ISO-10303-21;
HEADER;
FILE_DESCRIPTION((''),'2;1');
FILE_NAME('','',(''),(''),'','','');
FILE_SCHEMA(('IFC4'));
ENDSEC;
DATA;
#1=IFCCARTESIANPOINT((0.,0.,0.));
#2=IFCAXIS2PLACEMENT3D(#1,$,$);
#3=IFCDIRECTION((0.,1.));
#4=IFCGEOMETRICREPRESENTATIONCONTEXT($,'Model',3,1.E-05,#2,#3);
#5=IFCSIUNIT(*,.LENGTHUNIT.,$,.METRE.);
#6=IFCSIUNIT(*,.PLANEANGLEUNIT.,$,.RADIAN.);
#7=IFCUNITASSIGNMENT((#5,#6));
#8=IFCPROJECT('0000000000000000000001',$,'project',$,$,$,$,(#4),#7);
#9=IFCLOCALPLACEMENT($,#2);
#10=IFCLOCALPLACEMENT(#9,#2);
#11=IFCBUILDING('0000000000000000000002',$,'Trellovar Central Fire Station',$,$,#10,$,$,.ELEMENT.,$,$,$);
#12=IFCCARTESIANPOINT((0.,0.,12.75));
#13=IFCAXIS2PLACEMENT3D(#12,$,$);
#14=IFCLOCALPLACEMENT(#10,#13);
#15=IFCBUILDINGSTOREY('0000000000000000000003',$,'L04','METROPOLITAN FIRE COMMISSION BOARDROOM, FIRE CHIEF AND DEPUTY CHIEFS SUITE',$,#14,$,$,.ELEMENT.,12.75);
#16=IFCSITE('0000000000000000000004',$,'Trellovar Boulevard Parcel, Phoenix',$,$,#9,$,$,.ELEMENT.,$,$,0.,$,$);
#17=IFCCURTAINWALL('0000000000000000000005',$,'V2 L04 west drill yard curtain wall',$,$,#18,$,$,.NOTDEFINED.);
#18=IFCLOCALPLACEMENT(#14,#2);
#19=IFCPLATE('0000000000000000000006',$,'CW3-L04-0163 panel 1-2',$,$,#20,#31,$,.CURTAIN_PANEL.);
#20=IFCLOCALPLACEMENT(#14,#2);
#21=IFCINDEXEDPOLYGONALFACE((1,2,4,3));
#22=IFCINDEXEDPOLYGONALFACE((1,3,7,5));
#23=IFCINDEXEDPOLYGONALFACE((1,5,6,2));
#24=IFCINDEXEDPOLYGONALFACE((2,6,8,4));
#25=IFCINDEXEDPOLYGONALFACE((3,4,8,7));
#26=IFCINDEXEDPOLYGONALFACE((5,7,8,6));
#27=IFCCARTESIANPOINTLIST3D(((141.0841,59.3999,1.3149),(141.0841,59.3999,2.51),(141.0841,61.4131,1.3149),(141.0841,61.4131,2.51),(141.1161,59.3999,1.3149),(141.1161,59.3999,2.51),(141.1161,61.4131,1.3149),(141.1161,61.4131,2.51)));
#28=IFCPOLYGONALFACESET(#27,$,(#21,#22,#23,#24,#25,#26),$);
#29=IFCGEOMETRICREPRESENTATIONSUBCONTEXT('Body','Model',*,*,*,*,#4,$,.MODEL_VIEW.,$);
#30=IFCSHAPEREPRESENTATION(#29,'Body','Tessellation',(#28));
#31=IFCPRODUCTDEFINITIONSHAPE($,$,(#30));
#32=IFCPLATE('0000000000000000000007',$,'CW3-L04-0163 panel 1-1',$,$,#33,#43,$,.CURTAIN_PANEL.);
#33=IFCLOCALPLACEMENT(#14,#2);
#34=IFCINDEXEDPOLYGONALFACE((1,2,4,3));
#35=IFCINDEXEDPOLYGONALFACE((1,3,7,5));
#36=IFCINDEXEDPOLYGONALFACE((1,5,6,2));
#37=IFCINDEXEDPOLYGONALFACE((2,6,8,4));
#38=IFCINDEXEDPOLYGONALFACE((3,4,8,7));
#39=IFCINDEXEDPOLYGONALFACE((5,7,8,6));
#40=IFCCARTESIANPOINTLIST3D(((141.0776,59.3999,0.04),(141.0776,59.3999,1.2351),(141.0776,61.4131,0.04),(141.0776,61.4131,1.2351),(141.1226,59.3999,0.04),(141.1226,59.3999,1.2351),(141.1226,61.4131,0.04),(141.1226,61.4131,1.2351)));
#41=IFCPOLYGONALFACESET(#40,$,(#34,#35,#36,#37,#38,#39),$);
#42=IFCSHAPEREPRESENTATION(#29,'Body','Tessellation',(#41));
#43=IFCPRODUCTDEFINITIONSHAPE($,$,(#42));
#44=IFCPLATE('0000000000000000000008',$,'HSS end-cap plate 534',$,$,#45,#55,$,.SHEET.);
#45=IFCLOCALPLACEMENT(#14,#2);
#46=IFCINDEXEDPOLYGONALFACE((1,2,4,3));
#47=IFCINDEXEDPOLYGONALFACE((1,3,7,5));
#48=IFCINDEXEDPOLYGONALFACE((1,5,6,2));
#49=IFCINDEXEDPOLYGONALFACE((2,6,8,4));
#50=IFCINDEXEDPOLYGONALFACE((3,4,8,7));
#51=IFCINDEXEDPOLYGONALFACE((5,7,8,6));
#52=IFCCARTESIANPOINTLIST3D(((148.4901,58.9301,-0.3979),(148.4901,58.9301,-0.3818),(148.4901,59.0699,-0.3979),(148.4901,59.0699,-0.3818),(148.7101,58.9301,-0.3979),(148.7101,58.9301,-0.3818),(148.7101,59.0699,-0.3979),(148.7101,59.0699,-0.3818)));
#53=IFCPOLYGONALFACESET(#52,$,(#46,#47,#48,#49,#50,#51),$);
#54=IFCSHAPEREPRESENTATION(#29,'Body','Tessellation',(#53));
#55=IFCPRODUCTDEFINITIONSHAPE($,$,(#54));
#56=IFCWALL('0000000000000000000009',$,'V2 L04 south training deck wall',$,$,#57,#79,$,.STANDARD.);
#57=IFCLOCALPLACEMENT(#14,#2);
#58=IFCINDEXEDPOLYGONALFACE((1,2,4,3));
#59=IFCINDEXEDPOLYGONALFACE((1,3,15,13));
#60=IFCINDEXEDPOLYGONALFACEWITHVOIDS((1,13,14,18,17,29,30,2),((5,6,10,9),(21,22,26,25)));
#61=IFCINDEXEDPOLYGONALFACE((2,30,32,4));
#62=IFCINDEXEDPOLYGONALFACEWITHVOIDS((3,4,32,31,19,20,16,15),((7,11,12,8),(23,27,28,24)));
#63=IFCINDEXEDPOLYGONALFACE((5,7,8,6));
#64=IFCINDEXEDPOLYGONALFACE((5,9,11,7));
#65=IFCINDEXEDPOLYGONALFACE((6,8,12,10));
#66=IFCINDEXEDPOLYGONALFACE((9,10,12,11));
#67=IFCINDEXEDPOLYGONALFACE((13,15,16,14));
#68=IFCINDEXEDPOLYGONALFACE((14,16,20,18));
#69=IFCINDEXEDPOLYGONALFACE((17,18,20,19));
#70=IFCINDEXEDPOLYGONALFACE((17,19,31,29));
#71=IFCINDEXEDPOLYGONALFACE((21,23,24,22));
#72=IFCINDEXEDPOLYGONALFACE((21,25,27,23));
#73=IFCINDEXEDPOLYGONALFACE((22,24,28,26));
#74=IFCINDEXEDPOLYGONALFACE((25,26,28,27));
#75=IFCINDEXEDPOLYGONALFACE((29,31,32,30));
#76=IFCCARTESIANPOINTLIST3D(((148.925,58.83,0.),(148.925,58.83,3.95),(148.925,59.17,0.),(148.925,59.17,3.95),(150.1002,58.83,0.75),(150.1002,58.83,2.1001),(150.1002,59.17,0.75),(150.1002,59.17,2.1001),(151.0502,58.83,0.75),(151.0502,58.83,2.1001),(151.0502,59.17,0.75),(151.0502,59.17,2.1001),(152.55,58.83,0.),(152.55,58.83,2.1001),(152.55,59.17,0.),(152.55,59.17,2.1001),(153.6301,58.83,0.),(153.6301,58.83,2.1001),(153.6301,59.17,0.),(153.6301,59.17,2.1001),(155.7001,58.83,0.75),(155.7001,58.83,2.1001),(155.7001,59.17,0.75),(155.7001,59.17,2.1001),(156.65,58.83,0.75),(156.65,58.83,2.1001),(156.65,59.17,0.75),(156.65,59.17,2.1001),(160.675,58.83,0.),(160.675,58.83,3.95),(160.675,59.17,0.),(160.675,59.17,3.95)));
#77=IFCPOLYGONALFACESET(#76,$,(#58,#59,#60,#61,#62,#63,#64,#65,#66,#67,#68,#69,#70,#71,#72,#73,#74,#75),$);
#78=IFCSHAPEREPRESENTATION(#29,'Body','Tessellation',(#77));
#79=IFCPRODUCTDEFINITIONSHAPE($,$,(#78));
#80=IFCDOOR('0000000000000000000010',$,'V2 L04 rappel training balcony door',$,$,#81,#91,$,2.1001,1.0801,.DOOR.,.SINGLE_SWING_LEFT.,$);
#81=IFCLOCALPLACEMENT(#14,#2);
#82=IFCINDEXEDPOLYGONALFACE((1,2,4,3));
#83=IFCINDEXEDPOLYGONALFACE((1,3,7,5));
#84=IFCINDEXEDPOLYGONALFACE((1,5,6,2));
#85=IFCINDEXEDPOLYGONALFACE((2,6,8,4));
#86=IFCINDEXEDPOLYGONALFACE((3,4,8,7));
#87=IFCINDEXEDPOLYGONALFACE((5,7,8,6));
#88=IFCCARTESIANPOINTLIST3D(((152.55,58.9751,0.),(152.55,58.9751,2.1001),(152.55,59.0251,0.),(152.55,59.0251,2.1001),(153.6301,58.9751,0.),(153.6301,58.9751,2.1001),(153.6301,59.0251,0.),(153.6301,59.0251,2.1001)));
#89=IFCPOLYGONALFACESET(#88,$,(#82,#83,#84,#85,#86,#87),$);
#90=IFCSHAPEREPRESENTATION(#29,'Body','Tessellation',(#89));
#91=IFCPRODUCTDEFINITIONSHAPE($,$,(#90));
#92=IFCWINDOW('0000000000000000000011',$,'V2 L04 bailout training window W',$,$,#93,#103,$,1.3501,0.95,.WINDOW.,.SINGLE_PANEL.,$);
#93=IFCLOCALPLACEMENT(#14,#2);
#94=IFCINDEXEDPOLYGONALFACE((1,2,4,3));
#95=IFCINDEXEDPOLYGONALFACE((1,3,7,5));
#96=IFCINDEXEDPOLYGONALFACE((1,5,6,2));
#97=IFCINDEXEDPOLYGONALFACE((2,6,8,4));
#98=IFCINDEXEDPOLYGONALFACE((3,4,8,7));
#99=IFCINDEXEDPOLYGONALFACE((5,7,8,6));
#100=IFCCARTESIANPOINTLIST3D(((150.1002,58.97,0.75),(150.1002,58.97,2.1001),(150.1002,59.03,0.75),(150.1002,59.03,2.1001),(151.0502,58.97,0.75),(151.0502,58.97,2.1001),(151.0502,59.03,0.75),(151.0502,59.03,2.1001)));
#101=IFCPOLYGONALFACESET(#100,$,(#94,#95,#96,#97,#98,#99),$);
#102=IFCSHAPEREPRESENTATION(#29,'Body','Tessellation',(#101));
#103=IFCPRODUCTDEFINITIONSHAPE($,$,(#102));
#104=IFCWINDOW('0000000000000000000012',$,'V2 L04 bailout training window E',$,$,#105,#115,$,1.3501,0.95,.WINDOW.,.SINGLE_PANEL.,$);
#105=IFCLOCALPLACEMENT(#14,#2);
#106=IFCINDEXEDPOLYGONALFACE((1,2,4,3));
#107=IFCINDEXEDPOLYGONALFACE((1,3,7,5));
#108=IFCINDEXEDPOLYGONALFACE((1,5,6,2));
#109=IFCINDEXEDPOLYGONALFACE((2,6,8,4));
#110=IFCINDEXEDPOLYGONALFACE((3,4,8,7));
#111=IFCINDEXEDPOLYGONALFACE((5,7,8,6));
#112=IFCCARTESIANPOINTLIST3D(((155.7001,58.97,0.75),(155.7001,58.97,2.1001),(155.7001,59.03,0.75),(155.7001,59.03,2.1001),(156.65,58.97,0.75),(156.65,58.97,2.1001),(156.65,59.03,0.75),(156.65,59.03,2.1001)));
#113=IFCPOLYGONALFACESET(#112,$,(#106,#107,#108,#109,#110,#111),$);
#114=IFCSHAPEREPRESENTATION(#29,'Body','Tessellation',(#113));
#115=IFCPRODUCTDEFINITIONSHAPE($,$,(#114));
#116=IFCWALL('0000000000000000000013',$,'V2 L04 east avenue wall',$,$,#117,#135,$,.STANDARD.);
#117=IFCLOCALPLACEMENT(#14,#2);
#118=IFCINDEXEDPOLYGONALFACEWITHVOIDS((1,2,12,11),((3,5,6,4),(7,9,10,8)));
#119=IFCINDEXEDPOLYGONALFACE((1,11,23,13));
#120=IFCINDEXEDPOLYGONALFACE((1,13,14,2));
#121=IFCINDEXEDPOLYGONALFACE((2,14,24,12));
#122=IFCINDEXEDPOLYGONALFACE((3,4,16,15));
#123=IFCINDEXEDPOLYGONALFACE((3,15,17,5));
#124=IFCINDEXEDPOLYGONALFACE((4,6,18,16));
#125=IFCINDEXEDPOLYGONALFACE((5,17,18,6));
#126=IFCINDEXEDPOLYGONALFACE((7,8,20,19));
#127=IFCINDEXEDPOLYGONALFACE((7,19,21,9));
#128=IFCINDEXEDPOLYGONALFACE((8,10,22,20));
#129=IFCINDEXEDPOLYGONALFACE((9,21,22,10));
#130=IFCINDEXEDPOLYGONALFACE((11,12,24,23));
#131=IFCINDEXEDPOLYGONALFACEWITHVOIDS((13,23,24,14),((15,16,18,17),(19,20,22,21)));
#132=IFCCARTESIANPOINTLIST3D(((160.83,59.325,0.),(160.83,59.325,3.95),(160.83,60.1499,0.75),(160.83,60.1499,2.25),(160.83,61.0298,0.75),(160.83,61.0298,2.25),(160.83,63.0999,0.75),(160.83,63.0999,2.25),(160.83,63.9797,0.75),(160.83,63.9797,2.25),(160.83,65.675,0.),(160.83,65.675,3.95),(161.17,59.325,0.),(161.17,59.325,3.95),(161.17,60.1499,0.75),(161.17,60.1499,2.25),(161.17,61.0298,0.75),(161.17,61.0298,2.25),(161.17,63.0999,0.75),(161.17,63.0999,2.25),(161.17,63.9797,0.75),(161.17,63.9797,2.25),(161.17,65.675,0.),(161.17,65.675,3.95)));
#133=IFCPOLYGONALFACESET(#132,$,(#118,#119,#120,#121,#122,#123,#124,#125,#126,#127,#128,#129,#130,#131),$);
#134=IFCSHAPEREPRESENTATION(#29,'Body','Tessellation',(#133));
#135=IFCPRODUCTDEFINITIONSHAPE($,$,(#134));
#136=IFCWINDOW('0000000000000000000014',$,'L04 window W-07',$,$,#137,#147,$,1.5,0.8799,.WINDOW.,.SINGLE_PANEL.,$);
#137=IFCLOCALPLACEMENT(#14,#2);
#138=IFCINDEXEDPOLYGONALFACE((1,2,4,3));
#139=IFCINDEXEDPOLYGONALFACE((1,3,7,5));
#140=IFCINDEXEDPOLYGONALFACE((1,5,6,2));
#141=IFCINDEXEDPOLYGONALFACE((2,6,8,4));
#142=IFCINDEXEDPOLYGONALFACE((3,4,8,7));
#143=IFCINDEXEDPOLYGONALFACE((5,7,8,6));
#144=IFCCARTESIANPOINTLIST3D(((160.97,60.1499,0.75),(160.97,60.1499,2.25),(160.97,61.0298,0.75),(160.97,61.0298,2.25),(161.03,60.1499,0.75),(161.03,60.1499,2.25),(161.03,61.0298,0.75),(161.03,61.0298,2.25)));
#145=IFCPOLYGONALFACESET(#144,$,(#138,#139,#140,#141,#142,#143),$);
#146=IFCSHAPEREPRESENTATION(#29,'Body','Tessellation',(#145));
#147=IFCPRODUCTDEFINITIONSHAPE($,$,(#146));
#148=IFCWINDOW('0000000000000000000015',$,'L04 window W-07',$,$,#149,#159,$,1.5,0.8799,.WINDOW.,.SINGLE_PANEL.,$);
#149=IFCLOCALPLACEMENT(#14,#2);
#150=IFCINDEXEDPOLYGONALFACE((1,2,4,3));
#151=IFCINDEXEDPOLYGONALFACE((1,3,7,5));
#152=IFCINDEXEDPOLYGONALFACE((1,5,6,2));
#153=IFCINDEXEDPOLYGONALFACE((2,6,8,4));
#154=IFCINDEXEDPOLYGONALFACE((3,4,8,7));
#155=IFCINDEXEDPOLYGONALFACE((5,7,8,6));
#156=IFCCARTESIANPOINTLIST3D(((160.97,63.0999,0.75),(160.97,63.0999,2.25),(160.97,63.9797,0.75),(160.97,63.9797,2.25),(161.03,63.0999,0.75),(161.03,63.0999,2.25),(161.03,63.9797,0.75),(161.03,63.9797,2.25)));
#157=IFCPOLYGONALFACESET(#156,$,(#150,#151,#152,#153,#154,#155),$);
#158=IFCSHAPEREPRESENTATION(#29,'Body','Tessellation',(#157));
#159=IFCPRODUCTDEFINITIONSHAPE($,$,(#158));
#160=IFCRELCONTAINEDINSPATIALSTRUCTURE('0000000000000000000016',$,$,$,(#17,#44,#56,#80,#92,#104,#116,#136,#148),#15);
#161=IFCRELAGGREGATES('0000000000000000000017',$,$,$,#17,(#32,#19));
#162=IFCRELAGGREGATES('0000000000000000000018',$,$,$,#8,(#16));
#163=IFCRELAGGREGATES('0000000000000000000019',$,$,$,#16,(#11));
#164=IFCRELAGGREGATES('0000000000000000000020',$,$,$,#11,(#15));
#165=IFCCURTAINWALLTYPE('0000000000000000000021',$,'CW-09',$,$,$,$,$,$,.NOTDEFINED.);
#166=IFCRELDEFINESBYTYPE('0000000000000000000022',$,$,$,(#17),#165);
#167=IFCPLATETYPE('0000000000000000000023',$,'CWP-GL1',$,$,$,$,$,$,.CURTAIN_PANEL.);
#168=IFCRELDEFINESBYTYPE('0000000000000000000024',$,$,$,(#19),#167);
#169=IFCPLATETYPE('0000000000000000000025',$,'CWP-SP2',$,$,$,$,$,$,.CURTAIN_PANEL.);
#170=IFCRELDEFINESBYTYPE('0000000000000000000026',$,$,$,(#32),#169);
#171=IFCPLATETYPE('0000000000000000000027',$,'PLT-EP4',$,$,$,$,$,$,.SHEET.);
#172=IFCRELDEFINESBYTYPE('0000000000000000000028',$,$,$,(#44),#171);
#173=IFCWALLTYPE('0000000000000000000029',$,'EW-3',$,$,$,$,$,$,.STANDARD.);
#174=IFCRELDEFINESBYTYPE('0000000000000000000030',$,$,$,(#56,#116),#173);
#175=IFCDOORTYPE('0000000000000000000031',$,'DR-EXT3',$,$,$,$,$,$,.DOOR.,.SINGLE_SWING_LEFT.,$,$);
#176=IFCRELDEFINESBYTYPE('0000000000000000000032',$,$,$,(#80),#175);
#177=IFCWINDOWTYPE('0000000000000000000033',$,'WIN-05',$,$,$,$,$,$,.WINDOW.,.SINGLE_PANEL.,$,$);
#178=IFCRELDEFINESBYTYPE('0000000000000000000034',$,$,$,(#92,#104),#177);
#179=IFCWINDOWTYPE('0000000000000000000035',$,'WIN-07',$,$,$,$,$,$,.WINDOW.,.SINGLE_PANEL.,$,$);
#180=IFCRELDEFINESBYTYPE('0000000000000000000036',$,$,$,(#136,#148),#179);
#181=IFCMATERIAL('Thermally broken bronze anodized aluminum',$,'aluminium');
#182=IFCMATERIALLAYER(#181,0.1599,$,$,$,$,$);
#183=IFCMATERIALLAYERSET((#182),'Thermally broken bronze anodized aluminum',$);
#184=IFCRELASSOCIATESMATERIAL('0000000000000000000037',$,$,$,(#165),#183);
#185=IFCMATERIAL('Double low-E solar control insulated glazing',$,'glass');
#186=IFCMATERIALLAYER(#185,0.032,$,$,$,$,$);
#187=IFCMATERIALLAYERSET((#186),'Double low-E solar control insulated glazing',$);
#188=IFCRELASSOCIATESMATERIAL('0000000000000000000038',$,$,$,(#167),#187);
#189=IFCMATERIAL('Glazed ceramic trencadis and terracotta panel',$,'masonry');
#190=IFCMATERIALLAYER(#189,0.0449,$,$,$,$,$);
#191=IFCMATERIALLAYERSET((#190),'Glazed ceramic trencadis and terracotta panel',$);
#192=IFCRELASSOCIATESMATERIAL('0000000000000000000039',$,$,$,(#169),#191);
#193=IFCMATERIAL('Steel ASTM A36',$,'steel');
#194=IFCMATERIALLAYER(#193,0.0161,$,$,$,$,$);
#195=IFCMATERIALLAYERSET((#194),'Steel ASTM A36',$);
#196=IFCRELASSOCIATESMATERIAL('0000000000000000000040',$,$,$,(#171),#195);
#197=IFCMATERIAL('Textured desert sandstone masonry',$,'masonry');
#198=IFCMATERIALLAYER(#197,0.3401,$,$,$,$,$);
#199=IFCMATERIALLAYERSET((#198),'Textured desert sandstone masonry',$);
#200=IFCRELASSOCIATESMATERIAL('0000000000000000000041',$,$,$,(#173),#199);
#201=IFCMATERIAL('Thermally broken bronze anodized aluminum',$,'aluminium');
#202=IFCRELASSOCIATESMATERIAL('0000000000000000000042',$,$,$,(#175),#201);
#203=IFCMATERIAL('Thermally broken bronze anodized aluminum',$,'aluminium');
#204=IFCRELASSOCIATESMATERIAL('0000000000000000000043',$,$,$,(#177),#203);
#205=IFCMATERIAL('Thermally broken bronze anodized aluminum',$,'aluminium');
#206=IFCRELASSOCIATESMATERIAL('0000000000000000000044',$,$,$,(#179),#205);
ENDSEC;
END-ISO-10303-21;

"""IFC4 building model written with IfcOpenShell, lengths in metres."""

from ifc_helpers import new_model, si_unit, direction, frame, frame_2d, origin, origin_2d, place, context, subcontext, project, spatial, rectangle, extrude, material, layer, layer_set, type_object, element, fill, aggregate, save


model = new_model("IFC4")

# Units and contexts
model_context = context("Model", 3, precision=1e-05, world=origin(), true_north=direction((0.0, 1.0)))
body_context = subcontext(model_context, "Body", "Model", "MODEL_VIEW")
ifc_project = project(units=[si_unit("LENGTHUNIT", "METRE"), si_unit("PLANEANGLEUNIT", "RADIAN")], contexts=[model_context])

# Site, building, storey
site_placement = place(None, origin())
site = spatial("IfcSite", under=ifc_project, at=site_placement, Name="Trellovar Boulevard Parcel, Phoenix", CompositionType="ELEMENT", RefElevation=0.0)
building_placement = place(site_placement, origin())
building = spatial("IfcBuilding", under=site, at=building_placement, Name="Trellovar Central Fire Station", CompositionType="ELEMENT")
storey_placement = place(building_placement, frame((0.0, 0.0, 12.75)))
storey = spatial("IfcBuildingStorey", under=building, at=storey_placement, Name="L04", Description="METROPOLITAN FIRE COMMISSION BOARDROOM, FIRE CHIEF AND DEPUTY CHIEFS SUITE", CompositionType="ELEMENT", Elevation=12.75)

# Curtain wall
ifc_material_1 = material(Name="Thermally broken bronze anodized aluminum", Category="aluminium")
ifc_layer_1 = layer(ifc_material_1, 0.1599)
ifc_layer_set_1 = layer_set([ifc_layer_1], Name="Thermally broken bronze anodized aluminum")
curtain_wall_type = type_object("IfcCurtainWallType", Name="CW-09", PredefinedType="NOTDEFINED", material=ifc_layer_set_1)
curtain_wall_placement = place(storey_placement, origin())
curtain_wall = element("IfcCurtainWall", 1, at=curtain_wall_placement, inside=storey, type_object=curtain_wall_type, Name="V2 L04 west drill yard curtain wall", PredefinedType="NOTDEFINED")

# Plates
ifc_material_2 = material(Name="Double low-E solar control insulated glazing", Category="glass")
ifc_layer_2 = layer(ifc_material_2, 0.032)
ifc_layer_set_2 = layer_set([ifc_layer_2], Name="Double low-E solar control insulated glazing")
plate_type_1 = type_object("IfcPlateType", Name="CWP-GL1", PredefinedType="CURTAIN_PANEL", material=ifc_layer_set_2)
plate_1_placement = place(storey_placement, frame((141.1001, 60.4065, 1.3149), z_axis=(0.0, 0.0, 1.0), x_axis=(0.0, 1.0, 0.0)))
plate_1 = element("IfcPlate", 2, at=plate_1_placement, type_object=plate_type_1, Name="CW3-L04-0163 panel 1-2", PredefinedType="CURTAIN_PANEL", context=body_context, shape_type="SweptSolid", body=[
    extrude(rectangle(XDim=2.0132, YDim=0.032, at=origin_2d()), origin(), (0.0, 0.0, 1.0), 1.1951),
])
ifc_material_3 = material(Name="Glazed ceramic trencadis and terracotta panel", Category="masonry")
ifc_layer_3 = layer(ifc_material_3, 0.0449)
ifc_layer_set_3 = layer_set([ifc_layer_3], Name="Glazed ceramic trencadis and terracotta panel")
plate_type_2 = type_object("IfcPlateType", Name="CWP-SP2", PredefinedType="CURTAIN_PANEL", material=ifc_layer_set_3)
plate_2_placement = place(storey_placement, frame((141.1001, 60.4065, 0.04), z_axis=(0.0, 0.0, 1.0), x_axis=(0.0, 1.0, 0.0)))
plate_2 = element("IfcPlate", 3, at=plate_2_placement, type_object=plate_type_2, Name="CW3-L04-0163 panel 1-1", PredefinedType="CURTAIN_PANEL", context=body_context, shape_type="SweptSolid", body=[
    extrude(rectangle(XDim=2.0132, YDim=0.0449, at=origin_2d()), origin(), (0.0, 0.0, 1.0), 1.1951),
])
aggregate(curtain_wall, [plate_2, plate_1])
ifc_material_4 = material(Name="Steel ASTM A36", Category="steel")
ifc_layer_4 = layer(ifc_material_4, 0.0161)
ifc_layer_set_4 = layer_set([ifc_layer_4], Name="Steel ASTM A36")
plate_type_3 = type_object("IfcPlateType", Name="PLT-EP4", PredefinedType="SHEET", material=ifc_layer_set_4)
plate_3_placement = place(storey_placement, frame((148.6001, 59.0, -0.3979), z_axis=(0.0, 0.0, 1.0), x_axis=(1.0, 0.0, 0.0)))
element("IfcPlate", 4, at=plate_3_placement, inside=storey, type_object=plate_type_3, Name="HSS end-cap plate 534", PredefinedType="SHEET", context=body_context, shape_type="SweptSolid", body=[
    extrude(rectangle(XDim=0.22, YDim=0.1399, at=origin_2d()), origin(), (0.0, 0.0, 1.0), 0.0161),
])

# Wall, openings, door, windows
ifc_material_5 = material(Name="Textured desert sandstone masonry", Category="masonry")
ifc_layer_5 = layer(ifc_material_5, 0.3401)
ifc_layer_set_5 = layer_set([ifc_layer_5], Name="Textured desert sandstone masonry")
wall_type_1 = type_object("IfcWallType", Name="EW-3", PredefinedType="STANDARD", material=ifc_layer_set_5)
wall_1_placement = place(storey_placement, frame((148.925, 59.0, 0.0), z_axis=(0.0, 0.0, 1.0), x_axis=(1.0, 0.0, 0.0)))
wall_1 = element("IfcWall", 5, at=wall_1_placement, inside=storey, type_object=wall_type_1, Name="V2 L04 south training deck wall", PredefinedType="STANDARD", context=body_context, shape_type="SweptSolid", body=[
    extrude(rectangle(XDim=11.75, YDim=0.3401, at=frame_2d((5.875, 0.0))), origin(), (0.0, 0.0, 1.0), 3.95),
])
opening_1_placement = place(wall_1_placement, frame((3.625, 0.0, 0.0)))
opening_1 = element("IfcOpeningElement", 6, at=opening_1_placement, cuts=wall_1, PredefinedType="OPENING", context=body_context, shape_type="SweptSolid", body=[
    extrude(rectangle(XDim=1.0801, YDim=2.1001, at=frame_2d((0.54, 1.05))), frame((0.0, 0.1799, 0.0), z_axis=(0.0, -1.0, 0.0), x_axis=(1.0, 0.0, 0.0)), (0.0, 0.0, 1.0), 0.3601),
])
opening_2_placement = place(wall_1_placement, frame((1.175, 0.0, 0.75)))
opening_2 = element("IfcOpeningElement", 7, at=opening_2_placement, cuts=wall_1, PredefinedType="OPENING", context=body_context, shape_type="SweptSolid", body=[
    extrude(rectangle(XDim=0.95, YDim=1.3501, at=frame_2d((0.4751, 0.675))), frame((0.0, 0.1799, 0.0), z_axis=(0.0, -1.0, 0.0), x_axis=(1.0, 0.0, 0.0)), (0.0, 0.0, 1.0), 0.3601),
])
opening_3_placement = place(wall_1_placement, frame((6.7749, 0.0, 0.75)))
opening_3 = element("IfcOpeningElement", 8, at=opening_3_placement, cuts=wall_1, PredefinedType="OPENING", context=body_context, shape_type="SweptSolid", body=[
    extrude(rectangle(XDim=0.95, YDim=1.3501, at=frame_2d((0.4751, 0.675))), frame((0.0, 0.1799, 0.0), z_axis=(0.0, -1.0, 0.0), x_axis=(1.0, 0.0, 0.0)), (0.0, 0.0, 1.0), 0.3601),
])
ifc_material_6 = material(Name="Thermally broken bronze anodized aluminum", Category="aluminium")
door_type_1 = type_object("IfcDoorType", Name="DR-EXT3", OperationType="SINGLE_SWING_LEFT", PredefinedType="DOOR", material=ifc_material_6)
door_1_placement = place(opening_1_placement, frame((1.0801, 0.0, 0.0), z_axis=(0.0, 0.0, 1.0), x_axis=(-1.0, 0.0, 0.0)))
door_1 = element("IfcDoor", 9, at=door_1_placement, inside=storey, type_object=door_type_1, Name="V2 L04 rappel training balcony door", OperationType="SINGLE_SWING_LEFT", OverallHeight=2.1001, OverallWidth=1.0801, PredefinedType="DOOR", context=body_context, shape_type="SweptSolid", body=[
    extrude(rectangle(XDim=1.0801, YDim=2.1001, at=frame_2d((0.54, 1.05))), frame((0.0, 0.0249, 0.0), z_axis=(0.0, -1.0, 0.0), x_axis=(1.0, 0.0, 0.0)), (0.0, 0.0, 1.0), 0.05),
])
fill(opening_1, door_1)
ifc_material_7 = material(Name="Thermally broken bronze anodized aluminum", Category="aluminium")
window_type_1 = type_object("IfcWindowType", Name="WIN-05", PartitioningType="SINGLE_PANEL", PredefinedType="WINDOW", material=ifc_material_7)
window_1_placement = place(opening_2_placement, origin())
window_1 = element("IfcWindow", 10, at=window_1_placement, inside=storey, type_object=window_type_1, Name="V2 L04 bailout training window W", OverallHeight=1.3501, OverallWidth=0.95, PartitioningType="SINGLE_PANEL", PredefinedType="WINDOW", context=body_context, shape_type="SweptSolid", body=[
    extrude(rectangle(XDim=0.95, YDim=1.3501, at=frame_2d((0.4751, 0.675))), frame((0.0, 0.03, 0.0), z_axis=(0.0, -1.0, 0.0), x_axis=(1.0, 0.0, 0.0)), (0.0, 0.0, 1.0), 0.0601),
])
fill(opening_2, window_1)
window_2_placement = place(opening_3_placement, origin())
window_2 = element("IfcWindow", 11, at=window_2_placement, inside=storey, type_object=window_type_1, Name="V2 L04 bailout training window E", OverallHeight=1.3501, OverallWidth=0.95, PartitioningType="SINGLE_PANEL", PredefinedType="WINDOW", context=body_context, shape_type="SweptSolid", body=[
    extrude(rectangle(XDim=0.95, YDim=1.3501, at=frame_2d((0.4751, 0.675))), frame((0.0, 0.03, 0.0), z_axis=(0.0, -1.0, 0.0), x_axis=(1.0, 0.0, 0.0)), (0.0, 0.0, 1.0), 0.0601),
])
fill(opening_3, window_2)

# Wall, openings, windows
wall_2_placement = place(storey_placement, frame((161.0, 59.325, 0.0), z_axis=(0.0, 0.0, 1.0), x_axis=(0.0, 1.0, 0.0)))
wall_2 = element("IfcWall", 12, at=wall_2_placement, inside=storey, type_object=wall_type_1, Name="V2 L04 east avenue wall", PredefinedType="STANDARD", context=body_context, shape_type="SweptSolid", body=[
    extrude(rectangle(XDim=6.3501, YDim=0.3401, at=frame_2d((3.175, 0.0))), origin(), (0.0, 0.0, 1.0), 3.95),
])
opening_4_placement = place(wall_2_placement, frame((0.825, 0.0, 0.75)))
opening_4 = element("IfcOpeningElement", 13, at=opening_4_placement, cuts=wall_2, PredefinedType="OPENING", context=body_context, shape_type="SweptSolid", body=[
    extrude(rectangle(XDim=0.8799, YDim=1.5, at=frame_2d((0.4399, 0.75))), frame((0.0, 0.1799, 0.0), z_axis=(0.0, -1.0, 0.0), x_axis=(1.0, 0.0, 0.0)), (0.0, 0.0, 1.0), 0.3601),
])
opening_5_placement = place(wall_2_placement, frame((3.7749, 0.0, 0.75)))
opening_5 = element("IfcOpeningElement", 14, at=opening_5_placement, cuts=wall_2, PredefinedType="OPENING", context=body_context, shape_type="SweptSolid", body=[
    extrude(rectangle(XDim=0.8799, YDim=1.5, at=frame_2d((0.4399, 0.75))), frame((0.0, 0.1799, 0.0), z_axis=(0.0, -1.0, 0.0), x_axis=(1.0, 0.0, 0.0)), (0.0, 0.0, 1.0), 0.3601),
])
ifc_material_8 = material(Name="Thermally broken bronze anodized aluminum", Category="aluminium")
window_type_2 = type_object("IfcWindowType", Name="WIN-07", PartitioningType="SINGLE_PANEL", PredefinedType="WINDOW", material=ifc_material_8)
window_3_placement = place(opening_4_placement, origin())
window_3 = element("IfcWindow", 15, at=window_3_placement, inside=storey, type_object=window_type_2, Name="L04 window W-07", OverallHeight=1.5, OverallWidth=0.8799, PartitioningType="SINGLE_PANEL", PredefinedType="WINDOW", context=body_context, shape_type="SweptSolid", body=[
    extrude(rectangle(XDim=0.8799, YDim=1.5, at=frame_2d((0.4399, 0.75))), frame((0.0, 0.03, 0.0), z_axis=(0.0, -1.0, 0.0), x_axis=(1.0, 0.0, 0.0)), (0.0, 0.0, 1.0), 0.0601),
])
fill(opening_4, window_3)
window_4_placement = place(opening_5_placement, origin())
window_4 = element("IfcWindow", 16, at=window_4_placement, inside=storey, type_object=window_type_2, Name="L04 window W-07", OverallHeight=1.5, OverallWidth=0.8799, PartitioningType="SINGLE_PANEL", PredefinedType="WINDOW", context=body_context, shape_type="SweptSolid", body=[
    extrude(rectangle(XDim=0.8799, YDim=1.5, at=frame_2d((0.4399, 0.75))), frame((0.0, 0.03, 0.0), z_axis=(0.0, -1.0, 0.0), x_axis=(1.0, 0.0, 0.0)), (0.0, 0.0, 1.0), 0.0601),
])
fill(opening_5, window_4)

save(model, "model.ifc")
